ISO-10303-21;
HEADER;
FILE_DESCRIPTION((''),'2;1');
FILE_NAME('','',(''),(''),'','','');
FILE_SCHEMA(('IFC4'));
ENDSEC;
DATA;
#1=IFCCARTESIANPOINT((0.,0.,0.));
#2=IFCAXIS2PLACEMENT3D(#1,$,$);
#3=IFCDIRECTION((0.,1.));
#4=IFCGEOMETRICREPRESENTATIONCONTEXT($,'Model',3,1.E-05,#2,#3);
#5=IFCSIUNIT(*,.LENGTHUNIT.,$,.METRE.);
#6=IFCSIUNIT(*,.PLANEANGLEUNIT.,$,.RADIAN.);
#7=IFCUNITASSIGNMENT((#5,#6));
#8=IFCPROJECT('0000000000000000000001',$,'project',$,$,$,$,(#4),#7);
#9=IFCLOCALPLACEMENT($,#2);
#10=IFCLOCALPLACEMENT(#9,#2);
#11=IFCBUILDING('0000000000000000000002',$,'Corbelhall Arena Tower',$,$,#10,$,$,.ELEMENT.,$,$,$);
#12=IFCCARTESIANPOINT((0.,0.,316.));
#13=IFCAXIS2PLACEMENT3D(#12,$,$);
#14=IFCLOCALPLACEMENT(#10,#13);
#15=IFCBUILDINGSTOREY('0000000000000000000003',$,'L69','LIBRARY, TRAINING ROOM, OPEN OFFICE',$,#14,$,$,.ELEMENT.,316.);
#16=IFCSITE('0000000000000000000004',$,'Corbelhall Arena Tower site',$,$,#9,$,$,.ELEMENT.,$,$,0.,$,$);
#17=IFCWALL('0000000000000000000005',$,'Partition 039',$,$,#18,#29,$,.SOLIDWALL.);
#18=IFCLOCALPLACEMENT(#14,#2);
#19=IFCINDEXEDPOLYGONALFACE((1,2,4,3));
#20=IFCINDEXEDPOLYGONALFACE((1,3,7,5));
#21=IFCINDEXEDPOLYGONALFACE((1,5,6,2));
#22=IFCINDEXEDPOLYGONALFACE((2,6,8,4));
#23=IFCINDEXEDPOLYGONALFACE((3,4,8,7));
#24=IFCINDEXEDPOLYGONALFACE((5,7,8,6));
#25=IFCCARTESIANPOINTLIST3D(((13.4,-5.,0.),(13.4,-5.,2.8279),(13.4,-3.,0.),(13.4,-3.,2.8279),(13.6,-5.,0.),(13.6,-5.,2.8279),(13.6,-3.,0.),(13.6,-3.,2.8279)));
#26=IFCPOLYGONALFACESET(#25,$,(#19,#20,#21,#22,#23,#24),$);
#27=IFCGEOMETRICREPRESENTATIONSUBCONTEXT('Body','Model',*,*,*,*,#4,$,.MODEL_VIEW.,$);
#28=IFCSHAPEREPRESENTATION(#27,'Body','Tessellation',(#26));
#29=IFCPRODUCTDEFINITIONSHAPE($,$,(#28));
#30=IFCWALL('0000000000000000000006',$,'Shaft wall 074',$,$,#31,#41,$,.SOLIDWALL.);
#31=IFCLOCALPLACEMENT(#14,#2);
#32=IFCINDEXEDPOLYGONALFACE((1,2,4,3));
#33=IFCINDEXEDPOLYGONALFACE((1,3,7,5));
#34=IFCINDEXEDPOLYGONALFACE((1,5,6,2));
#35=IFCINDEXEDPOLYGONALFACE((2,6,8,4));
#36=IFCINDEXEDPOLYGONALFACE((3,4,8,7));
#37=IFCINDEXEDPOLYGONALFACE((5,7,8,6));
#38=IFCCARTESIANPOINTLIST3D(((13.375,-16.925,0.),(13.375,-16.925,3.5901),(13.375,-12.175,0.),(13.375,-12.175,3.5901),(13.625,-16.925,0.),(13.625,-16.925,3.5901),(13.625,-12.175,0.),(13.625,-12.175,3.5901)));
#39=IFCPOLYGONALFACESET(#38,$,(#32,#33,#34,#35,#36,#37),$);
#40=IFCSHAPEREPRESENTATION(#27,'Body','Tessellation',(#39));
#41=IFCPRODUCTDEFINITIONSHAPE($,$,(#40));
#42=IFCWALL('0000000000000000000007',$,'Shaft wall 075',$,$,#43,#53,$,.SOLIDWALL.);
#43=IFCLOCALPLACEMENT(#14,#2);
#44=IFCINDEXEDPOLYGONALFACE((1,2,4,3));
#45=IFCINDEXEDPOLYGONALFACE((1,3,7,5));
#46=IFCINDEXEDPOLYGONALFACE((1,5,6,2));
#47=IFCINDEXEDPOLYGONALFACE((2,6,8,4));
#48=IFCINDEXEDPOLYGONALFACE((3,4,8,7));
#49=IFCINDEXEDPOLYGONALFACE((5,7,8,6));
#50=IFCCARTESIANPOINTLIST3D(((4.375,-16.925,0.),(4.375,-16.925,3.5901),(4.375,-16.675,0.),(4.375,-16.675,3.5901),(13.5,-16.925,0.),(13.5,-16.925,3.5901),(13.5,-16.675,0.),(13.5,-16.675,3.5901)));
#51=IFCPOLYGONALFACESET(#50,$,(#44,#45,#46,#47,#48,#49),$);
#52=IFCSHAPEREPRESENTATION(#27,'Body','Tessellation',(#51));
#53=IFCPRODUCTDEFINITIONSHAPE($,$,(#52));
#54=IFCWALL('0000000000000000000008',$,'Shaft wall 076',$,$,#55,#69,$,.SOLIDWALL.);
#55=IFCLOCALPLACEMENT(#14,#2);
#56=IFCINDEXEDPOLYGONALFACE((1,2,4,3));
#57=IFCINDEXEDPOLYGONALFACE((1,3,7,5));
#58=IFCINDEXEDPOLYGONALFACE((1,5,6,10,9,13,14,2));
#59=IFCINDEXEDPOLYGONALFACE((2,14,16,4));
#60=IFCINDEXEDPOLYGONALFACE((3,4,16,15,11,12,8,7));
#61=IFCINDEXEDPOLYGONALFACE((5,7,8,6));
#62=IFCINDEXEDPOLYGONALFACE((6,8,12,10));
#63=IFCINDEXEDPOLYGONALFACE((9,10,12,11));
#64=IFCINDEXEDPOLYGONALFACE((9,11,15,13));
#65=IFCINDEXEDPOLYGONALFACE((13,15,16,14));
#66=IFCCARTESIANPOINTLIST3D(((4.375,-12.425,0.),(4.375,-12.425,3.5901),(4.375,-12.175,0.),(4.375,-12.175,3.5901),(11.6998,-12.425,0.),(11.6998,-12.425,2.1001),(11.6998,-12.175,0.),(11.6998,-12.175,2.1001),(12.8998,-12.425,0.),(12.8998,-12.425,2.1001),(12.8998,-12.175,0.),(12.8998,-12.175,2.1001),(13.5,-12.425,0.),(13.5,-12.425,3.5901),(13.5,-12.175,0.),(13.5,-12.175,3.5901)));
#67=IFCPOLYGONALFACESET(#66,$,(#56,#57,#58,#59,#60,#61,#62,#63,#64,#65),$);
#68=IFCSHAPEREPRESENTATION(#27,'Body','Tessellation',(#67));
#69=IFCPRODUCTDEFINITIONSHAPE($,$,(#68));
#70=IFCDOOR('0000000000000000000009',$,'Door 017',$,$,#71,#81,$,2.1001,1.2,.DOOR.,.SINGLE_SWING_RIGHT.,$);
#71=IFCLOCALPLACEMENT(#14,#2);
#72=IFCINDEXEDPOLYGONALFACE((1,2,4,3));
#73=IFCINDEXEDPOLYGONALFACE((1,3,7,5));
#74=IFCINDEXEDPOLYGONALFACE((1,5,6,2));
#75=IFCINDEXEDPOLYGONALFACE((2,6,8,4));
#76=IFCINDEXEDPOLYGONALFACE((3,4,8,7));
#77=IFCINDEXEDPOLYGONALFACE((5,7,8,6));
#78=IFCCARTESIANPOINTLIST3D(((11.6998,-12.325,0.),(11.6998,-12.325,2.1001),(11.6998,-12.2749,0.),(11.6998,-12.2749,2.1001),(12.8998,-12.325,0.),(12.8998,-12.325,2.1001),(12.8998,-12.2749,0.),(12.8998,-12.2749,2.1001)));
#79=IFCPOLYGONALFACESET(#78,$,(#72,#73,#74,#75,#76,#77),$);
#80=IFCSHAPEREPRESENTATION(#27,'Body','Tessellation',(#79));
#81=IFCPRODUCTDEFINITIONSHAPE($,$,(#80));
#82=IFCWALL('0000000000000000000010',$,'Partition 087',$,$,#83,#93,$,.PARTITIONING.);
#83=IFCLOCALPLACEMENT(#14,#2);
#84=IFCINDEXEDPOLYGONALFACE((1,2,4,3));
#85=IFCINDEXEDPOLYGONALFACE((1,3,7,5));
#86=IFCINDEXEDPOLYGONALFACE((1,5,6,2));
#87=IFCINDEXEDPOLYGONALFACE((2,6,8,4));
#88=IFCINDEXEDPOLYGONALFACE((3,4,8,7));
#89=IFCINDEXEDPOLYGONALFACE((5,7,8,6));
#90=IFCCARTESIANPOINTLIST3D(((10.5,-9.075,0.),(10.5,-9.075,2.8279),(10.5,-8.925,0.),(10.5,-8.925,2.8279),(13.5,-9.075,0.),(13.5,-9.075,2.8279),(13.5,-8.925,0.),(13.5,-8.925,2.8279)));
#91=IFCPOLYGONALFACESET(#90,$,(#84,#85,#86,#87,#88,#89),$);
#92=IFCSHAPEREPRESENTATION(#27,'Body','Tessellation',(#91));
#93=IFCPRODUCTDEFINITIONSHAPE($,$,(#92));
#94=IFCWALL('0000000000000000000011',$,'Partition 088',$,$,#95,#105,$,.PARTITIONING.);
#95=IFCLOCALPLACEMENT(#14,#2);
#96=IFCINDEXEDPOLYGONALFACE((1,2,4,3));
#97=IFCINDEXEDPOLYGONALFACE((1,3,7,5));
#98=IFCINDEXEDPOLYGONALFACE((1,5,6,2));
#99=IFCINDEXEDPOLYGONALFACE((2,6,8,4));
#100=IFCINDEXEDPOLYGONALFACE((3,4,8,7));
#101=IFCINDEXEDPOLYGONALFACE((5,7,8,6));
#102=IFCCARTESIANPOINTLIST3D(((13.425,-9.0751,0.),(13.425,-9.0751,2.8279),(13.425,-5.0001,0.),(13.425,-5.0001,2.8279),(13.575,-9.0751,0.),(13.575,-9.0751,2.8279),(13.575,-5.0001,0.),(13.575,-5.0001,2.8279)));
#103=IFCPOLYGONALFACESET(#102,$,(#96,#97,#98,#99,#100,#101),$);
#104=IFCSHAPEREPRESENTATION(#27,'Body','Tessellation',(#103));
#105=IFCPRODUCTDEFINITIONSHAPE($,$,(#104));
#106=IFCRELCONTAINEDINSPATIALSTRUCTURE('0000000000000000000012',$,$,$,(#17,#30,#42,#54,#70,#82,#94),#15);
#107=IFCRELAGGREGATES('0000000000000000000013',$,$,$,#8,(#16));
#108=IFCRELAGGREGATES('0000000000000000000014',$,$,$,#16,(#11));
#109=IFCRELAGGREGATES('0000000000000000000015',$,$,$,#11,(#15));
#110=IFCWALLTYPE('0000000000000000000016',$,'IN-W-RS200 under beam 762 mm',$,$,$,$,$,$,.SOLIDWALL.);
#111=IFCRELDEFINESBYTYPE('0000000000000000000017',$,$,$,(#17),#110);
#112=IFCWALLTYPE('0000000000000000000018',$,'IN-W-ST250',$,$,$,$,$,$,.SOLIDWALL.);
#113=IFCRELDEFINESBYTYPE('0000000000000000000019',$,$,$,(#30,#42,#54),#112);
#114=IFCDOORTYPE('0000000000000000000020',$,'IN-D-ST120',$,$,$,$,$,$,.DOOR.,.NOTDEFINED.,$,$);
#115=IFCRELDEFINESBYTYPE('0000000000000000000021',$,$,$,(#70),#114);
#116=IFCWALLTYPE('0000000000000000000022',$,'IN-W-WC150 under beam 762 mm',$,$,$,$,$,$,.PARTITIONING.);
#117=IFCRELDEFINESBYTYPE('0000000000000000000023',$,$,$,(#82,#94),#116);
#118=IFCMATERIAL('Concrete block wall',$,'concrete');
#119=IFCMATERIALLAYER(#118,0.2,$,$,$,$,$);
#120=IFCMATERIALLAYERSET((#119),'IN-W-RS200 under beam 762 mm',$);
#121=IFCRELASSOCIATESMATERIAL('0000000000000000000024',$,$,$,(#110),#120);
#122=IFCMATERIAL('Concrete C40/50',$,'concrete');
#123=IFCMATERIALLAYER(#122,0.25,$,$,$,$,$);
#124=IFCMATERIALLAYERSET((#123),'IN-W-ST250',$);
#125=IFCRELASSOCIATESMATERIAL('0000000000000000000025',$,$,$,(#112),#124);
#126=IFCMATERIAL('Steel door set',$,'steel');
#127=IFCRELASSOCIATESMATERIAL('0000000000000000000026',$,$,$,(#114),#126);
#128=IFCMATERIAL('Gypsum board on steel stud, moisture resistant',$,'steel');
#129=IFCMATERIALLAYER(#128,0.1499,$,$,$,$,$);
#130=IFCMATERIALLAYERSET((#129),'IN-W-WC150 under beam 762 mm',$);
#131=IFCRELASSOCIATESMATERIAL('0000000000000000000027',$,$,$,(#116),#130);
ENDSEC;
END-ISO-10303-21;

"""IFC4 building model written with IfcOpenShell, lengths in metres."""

from ifc_helpers import new_model, si_unit, direction, frame, frame_2d, origin, place, context, subcontext, project, spatial, rectangle, extrude, material, layer, layer_set, type_object, element, fill, save


model = new_model("IFC4")

# Units and contexts
model_context = context("Model", 3, precision=1e-05, world=origin(), true_north=direction((0.0, 1.0)))
body_context = subcontext(model_context, "Body", "Model", "MODEL_VIEW")
ifc_project = project(units=[si_unit("LENGTHUNIT", "METRE"), si_unit("PLANEANGLEUNIT", "RADIAN")], contexts=[model_context])

# Site, building, storey
site_placement = place(None, origin())
site = spatial("IfcSite", under=ifc_project, at=site_placement, Name="Corbelhall Arena Tower site", CompositionType="ELEMENT", RefElevation=0.0)
building_placement = place(site_placement, origin())
building = spatial("IfcBuilding", under=site, at=building_placement, Name="Corbelhall Arena Tower", CompositionType="ELEMENT")
storey_placement = place(building_placement, frame((0.0, 0.0, 316.0)))
storey = spatial("IfcBuildingStorey", under=building, at=storey_placement, Name="L69", Description="LIBRARY, TRAINING ROOM, OPEN OFFICE", CompositionType="ELEMENT", Elevation=316.0)

# Walls
ifc_material_1 = material(Name="Concrete block wall", Category="concrete")
ifc_layer_1 = layer(ifc_material_1, 0.2)
ifc_layer_set_1 = layer_set([ifc_layer_1], Name="IN-W-RS200 under beam 762 mm")
wall_type_1 = type_object("IfcWallType", Name="IN-W-RS200 under beam 762 mm", PredefinedType="SOLIDWALL", material=ifc_layer_set_1)
wall_1_placement = place(storey_placement, frame((13.5, -3.0, 0.0), z_axis=(0.0, 0.0, 1.0), x_axis=(0.0, -1.0, 0.0)))
element("IfcWall", 1, at=wall_1_placement, inside=storey, type_object=wall_type_1, Name="Partition 039", PredefinedType="SOLIDWALL", context=body_context, shape_type="SweptSolid", body=[
    extrude(rectangle(XDim=2.0, YDim=0.2, at=frame_2d((1.0, 0.0))), origin(), (0.0, 0.0, 1.0), 2.8279),
])
ifc_material_2 = material(Name="Concrete C40/50", Category="concrete")
ifc_layer_2 = layer(ifc_material_2, 0.25)
ifc_layer_set_2 = layer_set([ifc_layer_2], Name="IN-W-ST250")
wall_type_2 = type_object("IfcWallType", Name="IN-W-ST250", PredefinedType="SOLIDWALL", material=ifc_layer_set_2)
wall_2_placement = place(storey_placement, frame((13.5, -16.925, 0.0), z_axis=(0.0, 0.0, 1.0), x_axis=(0.0, 1.0, 0.0)))
element("IfcWall", 2, at=wall_2_placement, inside=storey, type_object=wall_type_2, Name="Shaft wall 074", PredefinedType="SOLIDWALL", context=body_context, shape_type="SweptSolid", body=[
    extrude(rectangle(XDim=4.75, YDim=0.25, at=frame_2d((2.375, 0.0))), origin(), (0.0, 0.0, 1.0), 3.5901),
])
wall_3_placement = place(storey_placement, frame((13.5, -16.8, 0.0), z_axis=(0.0, 0.0, 1.0), x_axis=(-1.0, 0.0, 0.0)))
element("IfcWall", 3, at=wall_3_placement, inside=storey, type_object=wall_type_2, Name="Shaft wall 075", PredefinedType="SOLIDWALL", context=body_context, shape_type="SweptSolid", body=[
    extrude(rectangle(XDim=9.125, YDim=0.25, at=frame_2d((4.5625, 0.0))), origin(), (0.0, 0.0, 1.0), 3.5901),
])

# Wall, opening, door
wall_4_placement = place(storey_placement, frame((13.5, -12.3, 0.0), z_axis=(0.0, 0.0, 1.0), x_axis=(-1.0, 0.0, 0.0)))
wall_4 = element("IfcWall", 4, at=wall_4_placement, inside=storey, type_object=wall_type_2, Name="Shaft wall 076", PredefinedType="SOLIDWALL", context=body_context, shape_type="SweptSolid", body=[
    extrude(rectangle(XDim=9.125, YDim=0.25, at=frame_2d((4.5625, 0.0))), origin(), (0.0, 0.0, 1.0), 3.5901),
])
opening_1_placement = place(wall_4_placement, frame((0.6001, 0.0, 0.0)))
opening_1 = element("IfcOpeningElement", 5, at=opening_1_placement, cuts=wall_4, PredefinedType="OPENING", context=body_context, shape_type="SweptSolid", body=[
    extrude(rectangle(XDim=1.2, YDim=2.1001, at=frame_2d((0.6001, 1.05))), frame((0.0, 0.125, 0.0), z_axis=(0.0, -1.0, 0.0), x_axis=(1.0, 0.0, 0.0)), (0.0, 0.0, 1.0), 0.25),
])
ifc_material_3 = material(Name="Steel door set", Category="steel")
door_type = type_object("IfcDoorType", Name="IN-D-ST120", OperationType="NOTDEFINED", PredefinedType="DOOR", material=ifc_material_3)
door_placement = place(opening_1_placement, origin())
door = element("IfcDoor", 6, at=door_placement, inside=storey, type_object=door_type, Name="Door 017", OperationType="SINGLE_SWING_RIGHT", OverallHeight=2.1001, OverallWidth=1.2, PredefinedType="DOOR", context=body_context, shape_type="SweptSolid", body=[
    extrude(rectangle(XDim=1.2, YDim=2.1001, at=frame_2d((0.6001, 1.05))), frame((0.0, 0.0249, 0.0), z_axis=(0.0, -1.0, 0.0), x_axis=(1.0, 0.0, 0.0)), (0.0, 0.0, 1.0), 0.05),
])
fill(opening_1, door)

# Walls
ifc_material_4 = material(Name="Gypsum board on steel stud, moisture resistant", Category="steel")
ifc_layer_3 = layer(ifc_material_4, 0.1499)
ifc_layer_set_3 = layer_set([ifc_layer_3], Name="IN-W-WC150 under beam 762 mm")
wall_type_3 = type_object("IfcWallType", Name="IN-W-WC150 under beam 762 mm", PredefinedType="PARTITIONING", material=ifc_layer_set_3)
wall_5_placement = place(storey_placement, frame((13.5, -9.0, 0.0), z_axis=(0.0, 0.0, 1.0), x_axis=(-1.0, 0.0, 0.0)))
element("IfcWall", 7, at=wall_5_placement, inside=storey, type_object=wall_type_3, Name="Partition 087", PredefinedType="PARTITIONING", context=body_context, shape_type="SweptSolid", body=[
    extrude(rectangle(XDim=3.0, YDim=0.1499, at=frame_2d((1.5, 0.0))), origin(), (0.0, 0.0, 1.0), 2.8279),
])
wall_6_placement = place(storey_placement, frame((13.5, -5.0, 0.0), z_axis=(0.0, 0.0, 1.0), x_axis=(0.0, -1.0, 0.0)))
element("IfcWall", 8, at=wall_6_placement, inside=storey, type_object=wall_type_3, Name="Partition 088", PredefinedType="PARTITIONING", context=body_context, shape_type="SweptSolid", body=[
    extrude(rectangle(XDim=4.075, YDim=0.1499, at=frame_2d((2.0376, 0.0))), origin(), (0.0, 0.0, 1.0), 2.8279),
])

save(model, "model.ifc")
